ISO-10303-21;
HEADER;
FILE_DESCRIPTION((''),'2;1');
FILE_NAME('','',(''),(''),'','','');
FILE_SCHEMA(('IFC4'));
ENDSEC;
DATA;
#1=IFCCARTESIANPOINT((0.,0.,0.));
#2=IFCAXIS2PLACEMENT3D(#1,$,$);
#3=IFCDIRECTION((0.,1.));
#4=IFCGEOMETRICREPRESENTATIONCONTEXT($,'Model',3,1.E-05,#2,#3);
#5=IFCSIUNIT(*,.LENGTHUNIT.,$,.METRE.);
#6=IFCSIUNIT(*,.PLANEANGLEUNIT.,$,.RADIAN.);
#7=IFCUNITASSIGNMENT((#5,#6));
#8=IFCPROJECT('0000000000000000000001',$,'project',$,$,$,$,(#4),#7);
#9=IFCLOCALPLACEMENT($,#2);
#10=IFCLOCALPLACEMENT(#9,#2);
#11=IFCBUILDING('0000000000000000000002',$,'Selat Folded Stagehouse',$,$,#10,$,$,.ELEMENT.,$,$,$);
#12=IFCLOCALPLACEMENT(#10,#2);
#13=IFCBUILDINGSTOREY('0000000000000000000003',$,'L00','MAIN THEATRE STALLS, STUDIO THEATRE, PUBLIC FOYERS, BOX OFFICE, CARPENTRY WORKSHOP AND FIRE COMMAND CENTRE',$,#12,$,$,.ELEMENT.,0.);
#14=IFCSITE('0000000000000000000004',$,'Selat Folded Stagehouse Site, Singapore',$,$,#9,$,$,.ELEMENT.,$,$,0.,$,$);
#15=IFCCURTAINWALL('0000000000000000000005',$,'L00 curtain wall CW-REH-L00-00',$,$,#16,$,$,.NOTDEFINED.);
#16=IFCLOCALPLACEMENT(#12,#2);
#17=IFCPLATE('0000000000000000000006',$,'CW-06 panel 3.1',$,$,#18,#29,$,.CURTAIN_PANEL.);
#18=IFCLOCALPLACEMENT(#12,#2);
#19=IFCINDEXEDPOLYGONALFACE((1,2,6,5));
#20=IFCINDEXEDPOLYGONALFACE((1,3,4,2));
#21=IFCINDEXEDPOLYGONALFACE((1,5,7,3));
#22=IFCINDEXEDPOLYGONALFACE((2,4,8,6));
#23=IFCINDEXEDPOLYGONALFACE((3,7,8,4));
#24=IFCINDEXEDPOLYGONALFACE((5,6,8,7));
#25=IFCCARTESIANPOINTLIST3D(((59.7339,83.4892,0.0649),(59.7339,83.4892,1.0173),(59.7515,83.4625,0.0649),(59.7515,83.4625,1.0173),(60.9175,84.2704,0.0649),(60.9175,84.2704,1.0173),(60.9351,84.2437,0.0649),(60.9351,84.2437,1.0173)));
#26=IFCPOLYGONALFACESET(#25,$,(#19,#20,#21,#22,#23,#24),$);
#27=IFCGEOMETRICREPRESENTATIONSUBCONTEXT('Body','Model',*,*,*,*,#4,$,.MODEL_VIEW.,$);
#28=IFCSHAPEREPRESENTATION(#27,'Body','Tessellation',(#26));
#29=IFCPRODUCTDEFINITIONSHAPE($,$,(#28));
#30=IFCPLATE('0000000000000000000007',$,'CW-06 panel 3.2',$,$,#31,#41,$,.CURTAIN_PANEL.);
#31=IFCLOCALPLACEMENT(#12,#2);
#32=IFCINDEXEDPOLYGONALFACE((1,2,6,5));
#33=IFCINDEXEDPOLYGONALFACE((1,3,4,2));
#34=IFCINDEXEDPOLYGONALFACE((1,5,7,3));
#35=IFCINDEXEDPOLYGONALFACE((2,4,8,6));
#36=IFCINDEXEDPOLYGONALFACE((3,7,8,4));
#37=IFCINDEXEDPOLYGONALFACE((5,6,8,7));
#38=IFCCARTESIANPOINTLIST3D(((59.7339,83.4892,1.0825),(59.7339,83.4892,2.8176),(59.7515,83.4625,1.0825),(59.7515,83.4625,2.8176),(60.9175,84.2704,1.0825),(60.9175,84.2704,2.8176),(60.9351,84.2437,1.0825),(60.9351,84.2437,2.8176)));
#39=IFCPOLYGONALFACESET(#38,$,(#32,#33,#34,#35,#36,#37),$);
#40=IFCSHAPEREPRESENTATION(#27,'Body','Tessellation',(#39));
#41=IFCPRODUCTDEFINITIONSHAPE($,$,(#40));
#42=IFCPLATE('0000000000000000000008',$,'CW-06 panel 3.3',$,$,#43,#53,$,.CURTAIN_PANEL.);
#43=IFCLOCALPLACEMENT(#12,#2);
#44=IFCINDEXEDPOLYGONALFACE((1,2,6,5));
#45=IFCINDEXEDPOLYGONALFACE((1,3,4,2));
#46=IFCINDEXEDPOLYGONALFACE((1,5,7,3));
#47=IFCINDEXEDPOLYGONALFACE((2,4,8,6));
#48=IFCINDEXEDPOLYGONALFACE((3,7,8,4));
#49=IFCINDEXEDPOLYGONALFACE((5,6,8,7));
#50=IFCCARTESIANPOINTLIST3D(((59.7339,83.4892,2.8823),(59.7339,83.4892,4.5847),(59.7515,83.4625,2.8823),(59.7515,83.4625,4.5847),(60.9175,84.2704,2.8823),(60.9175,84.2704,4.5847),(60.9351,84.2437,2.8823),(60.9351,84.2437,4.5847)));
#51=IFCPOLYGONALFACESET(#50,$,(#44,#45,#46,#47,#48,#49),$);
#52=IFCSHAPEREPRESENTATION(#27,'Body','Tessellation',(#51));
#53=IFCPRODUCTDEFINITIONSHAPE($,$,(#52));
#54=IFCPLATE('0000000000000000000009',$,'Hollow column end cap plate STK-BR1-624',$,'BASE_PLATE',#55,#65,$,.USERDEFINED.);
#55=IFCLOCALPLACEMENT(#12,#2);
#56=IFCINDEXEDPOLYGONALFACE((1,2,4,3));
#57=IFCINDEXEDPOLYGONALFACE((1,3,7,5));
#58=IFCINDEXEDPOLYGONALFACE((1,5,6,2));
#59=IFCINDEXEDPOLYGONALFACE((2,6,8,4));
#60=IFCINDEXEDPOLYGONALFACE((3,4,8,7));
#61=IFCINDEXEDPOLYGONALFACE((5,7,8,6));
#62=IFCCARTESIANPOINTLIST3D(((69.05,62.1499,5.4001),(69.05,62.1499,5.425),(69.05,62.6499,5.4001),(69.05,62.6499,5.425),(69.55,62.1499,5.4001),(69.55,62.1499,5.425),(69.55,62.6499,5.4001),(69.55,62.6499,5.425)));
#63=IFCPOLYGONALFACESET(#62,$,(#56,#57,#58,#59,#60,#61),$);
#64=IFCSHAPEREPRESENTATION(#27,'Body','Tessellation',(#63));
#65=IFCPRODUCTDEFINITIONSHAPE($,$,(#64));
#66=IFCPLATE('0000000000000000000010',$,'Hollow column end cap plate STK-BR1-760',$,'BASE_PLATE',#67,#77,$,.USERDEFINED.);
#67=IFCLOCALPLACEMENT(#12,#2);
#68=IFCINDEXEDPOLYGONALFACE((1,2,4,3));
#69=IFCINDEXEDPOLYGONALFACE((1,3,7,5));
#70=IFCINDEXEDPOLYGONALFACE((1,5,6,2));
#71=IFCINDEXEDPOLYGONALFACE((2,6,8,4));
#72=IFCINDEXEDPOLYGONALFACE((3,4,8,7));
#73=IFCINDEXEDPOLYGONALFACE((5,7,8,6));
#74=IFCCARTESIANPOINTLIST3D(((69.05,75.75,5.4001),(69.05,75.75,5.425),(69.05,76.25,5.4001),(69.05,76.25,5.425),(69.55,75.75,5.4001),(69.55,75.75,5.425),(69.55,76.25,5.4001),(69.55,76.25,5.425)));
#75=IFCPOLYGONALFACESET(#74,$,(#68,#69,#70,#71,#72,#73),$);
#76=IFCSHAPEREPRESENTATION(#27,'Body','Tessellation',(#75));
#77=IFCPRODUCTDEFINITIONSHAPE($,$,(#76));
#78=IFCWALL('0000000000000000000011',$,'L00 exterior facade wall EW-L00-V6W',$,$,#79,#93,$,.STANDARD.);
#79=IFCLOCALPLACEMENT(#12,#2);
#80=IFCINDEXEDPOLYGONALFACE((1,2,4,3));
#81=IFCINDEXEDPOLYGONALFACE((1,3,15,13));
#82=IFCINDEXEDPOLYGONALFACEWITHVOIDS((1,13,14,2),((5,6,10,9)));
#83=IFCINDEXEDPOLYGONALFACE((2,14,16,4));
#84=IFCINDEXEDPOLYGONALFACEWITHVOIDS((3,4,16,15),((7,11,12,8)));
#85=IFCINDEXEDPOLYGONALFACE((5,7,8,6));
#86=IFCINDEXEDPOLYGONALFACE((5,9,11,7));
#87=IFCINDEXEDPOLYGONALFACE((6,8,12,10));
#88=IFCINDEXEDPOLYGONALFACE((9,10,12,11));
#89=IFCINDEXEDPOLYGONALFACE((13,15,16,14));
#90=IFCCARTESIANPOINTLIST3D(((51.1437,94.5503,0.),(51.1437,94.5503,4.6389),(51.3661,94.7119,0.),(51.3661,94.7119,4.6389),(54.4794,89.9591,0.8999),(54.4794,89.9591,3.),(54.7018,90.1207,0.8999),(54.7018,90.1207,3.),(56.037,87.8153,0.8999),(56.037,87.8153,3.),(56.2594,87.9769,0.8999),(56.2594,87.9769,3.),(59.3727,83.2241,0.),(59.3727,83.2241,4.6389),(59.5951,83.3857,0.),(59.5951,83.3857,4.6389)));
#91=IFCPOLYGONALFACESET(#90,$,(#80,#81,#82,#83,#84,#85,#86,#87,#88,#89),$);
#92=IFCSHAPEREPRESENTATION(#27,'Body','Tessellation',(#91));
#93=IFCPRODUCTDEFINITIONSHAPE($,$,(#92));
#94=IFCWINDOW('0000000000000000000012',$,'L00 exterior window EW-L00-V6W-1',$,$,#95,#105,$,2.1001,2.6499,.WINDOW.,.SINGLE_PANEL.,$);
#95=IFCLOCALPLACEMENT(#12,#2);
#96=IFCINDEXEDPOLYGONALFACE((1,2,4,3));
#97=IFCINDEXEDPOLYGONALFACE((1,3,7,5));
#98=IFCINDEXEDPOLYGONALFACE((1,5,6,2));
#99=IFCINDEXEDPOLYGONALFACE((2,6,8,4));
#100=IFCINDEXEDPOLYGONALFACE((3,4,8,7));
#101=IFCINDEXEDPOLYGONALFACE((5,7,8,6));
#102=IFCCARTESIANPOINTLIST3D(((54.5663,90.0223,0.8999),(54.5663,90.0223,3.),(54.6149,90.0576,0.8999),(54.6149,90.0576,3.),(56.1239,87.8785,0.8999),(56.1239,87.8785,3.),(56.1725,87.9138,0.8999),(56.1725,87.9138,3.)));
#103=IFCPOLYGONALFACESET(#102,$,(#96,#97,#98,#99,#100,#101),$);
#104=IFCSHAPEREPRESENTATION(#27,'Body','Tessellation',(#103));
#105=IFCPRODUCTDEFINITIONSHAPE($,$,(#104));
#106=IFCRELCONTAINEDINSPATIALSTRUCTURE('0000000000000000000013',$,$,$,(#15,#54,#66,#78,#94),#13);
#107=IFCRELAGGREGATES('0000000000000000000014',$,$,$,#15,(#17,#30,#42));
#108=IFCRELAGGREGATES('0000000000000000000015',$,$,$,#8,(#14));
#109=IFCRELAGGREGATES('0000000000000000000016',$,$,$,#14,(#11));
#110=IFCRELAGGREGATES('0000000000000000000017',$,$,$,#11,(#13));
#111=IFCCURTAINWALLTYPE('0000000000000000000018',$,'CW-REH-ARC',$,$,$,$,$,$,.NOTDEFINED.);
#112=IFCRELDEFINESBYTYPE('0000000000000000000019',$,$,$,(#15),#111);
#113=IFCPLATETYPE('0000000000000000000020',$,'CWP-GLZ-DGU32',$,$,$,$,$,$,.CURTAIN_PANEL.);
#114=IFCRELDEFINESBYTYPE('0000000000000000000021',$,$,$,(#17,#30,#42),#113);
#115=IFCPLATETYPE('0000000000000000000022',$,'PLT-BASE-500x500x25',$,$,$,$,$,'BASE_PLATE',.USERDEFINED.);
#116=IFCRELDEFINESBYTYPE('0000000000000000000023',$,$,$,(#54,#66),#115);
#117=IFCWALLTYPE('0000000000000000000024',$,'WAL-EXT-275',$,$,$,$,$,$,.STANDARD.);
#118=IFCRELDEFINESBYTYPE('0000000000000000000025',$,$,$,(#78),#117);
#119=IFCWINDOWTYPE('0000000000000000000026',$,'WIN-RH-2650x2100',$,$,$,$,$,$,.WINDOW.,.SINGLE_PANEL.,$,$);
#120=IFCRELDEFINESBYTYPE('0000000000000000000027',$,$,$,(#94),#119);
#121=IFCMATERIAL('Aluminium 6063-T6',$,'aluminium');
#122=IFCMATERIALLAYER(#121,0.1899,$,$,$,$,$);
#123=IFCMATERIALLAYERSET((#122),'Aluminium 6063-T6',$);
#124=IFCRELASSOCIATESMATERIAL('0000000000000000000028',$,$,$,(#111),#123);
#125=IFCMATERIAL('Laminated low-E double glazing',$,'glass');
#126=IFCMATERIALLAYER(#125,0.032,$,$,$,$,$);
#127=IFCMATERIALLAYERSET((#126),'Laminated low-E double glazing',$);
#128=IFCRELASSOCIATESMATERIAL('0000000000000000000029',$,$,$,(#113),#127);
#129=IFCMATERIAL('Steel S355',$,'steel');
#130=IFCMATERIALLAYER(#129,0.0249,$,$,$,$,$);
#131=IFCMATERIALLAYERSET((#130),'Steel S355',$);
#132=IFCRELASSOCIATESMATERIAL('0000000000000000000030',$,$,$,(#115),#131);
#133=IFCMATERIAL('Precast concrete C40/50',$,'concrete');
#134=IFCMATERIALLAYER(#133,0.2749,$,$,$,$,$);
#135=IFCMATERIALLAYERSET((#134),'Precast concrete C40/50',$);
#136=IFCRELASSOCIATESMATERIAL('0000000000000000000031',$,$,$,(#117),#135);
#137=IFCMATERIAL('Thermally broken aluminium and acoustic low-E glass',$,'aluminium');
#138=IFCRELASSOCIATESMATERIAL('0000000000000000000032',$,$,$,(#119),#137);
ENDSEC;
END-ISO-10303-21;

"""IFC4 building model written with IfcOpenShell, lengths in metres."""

from ifc_helpers import new_model, si_unit, direction, frame, frame_2d, origin, origin_2d, place, context, subcontext, project, spatial, rectangle, extrude, material, layer, layer_set, type_object, element, fill, aggregate, save


model = new_model("IFC4")

# Units and contexts
model_context = context("Model", 3, precision=1e-05, world=origin(), true_north=direction((0.0, 1.0)))
body_context = subcontext(model_context, "Body", "Model", "MODEL_VIEW")
ifc_project = project(units=[si_unit("LENGTHUNIT", "METRE"), si_unit("PLANEANGLEUNIT", "RADIAN")], contexts=[model_context])

# Site, building, storey
site_placement = place(None, origin())
site = spatial("IfcSite", under=ifc_project, at=site_placement, Name="Selat Folded Stagehouse Site, Singapore", CompositionType="ELEMENT", RefElevation=0.0)
building_placement = place(site_placement, origin())
building = spatial("IfcBuilding", under=site, at=building_placement, Name="Selat Folded Stagehouse", CompositionType="ELEMENT")
storey_placement = place(building_placement, origin())
storey = spatial("IfcBuildingStorey", under=building, at=storey_placement, Name="L00", Description="MAIN THEATRE STALLS, STUDIO THEATRE, PUBLIC FOYERS, BOX OFFICE, CARPENTRY WORKSHOP AND FIRE COMMAND CENTRE", CompositionType="ELEMENT", Elevation=0.0)

# Shared definitions
ifc_material_1 = material(Name="Steel S355", Category="steel")

# Curtain wall
ifc_material_2 = material(Name="Aluminium 6063-T6", Category="aluminium")
ifc_layer_1 = layer(ifc_material_2, 0.1899)
ifc_layer_set_1 = layer_set([ifc_layer_1], Name="Aluminium 6063-T6")
curtain_wall_type = type_object("IfcCurtainWallType", Name="CW-REH-ARC", PredefinedType="NOTDEFINED", material=ifc_layer_set_1)
curtain_wall_placement = place(storey_placement, origin())
curtain_wall = element("IfcCurtainWall", 1, at=curtain_wall_placement, inside=storey, type_object=curtain_wall_type, Name="L00 curtain wall CW-REH-L00-00", PredefinedType="NOTDEFINED")

# Plates
ifc_material_3 = material(Name="Laminated low-E double glazing", Category="glass")
ifc_layer_2 = layer(ifc_material_3, 0.032)
ifc_layer_set_2 = layer_set([ifc_layer_2], Name="Laminated low-E double glazing")
plate_type_1 = type_object("IfcPlateType", Name="CWP-GLZ-DGU32", PredefinedType="CURTAIN_PANEL", material=ifc_layer_set_2)
plate_1_placement = place(storey_placement, frame((60.3345, 83.8665, 0.0649), z_axis=(0.0, 0.0, 1.0), x_axis=(-0.834581, -0.550885, 0.0)))
plate_1 = element("IfcPlate", 2, at=plate_1_placement, type_object=plate_type_1, Name="CW-06 panel 3.1", PredefinedType="CURTAIN_PANEL", context=body_context, shape_type="SweptSolid", body=[
    extrude(rectangle(XDim=1.4182, YDim=0.032, at=origin_2d()), origin(), (0.0, 0.0, 1.0), 0.9524),
])
plate_2_placement = place(storey_placement, frame((60.3345, 83.8665, 1.0825), z_axis=(0.0, 0.0, 1.0), x_axis=(-0.834581, -0.550885, 0.0)))
plate_2 = element("IfcPlate", 3, at=plate_2_placement, type_object=plate_type_1, Name="CW-06 panel 3.2", PredefinedType="CURTAIN_PANEL", context=body_context, shape_type="SweptSolid", body=[
    extrude(rectangle(XDim=1.4182, YDim=0.032, at=origin_2d()), origin(), (0.0, 0.0, 1.0), 1.7351),
])
plate_3_placement = place(storey_placement, frame((60.3345, 83.8665, 2.8823), z_axis=(0.0, 0.0, 1.0), x_axis=(-0.834581, -0.550885, 0.0)))
plate_3 = element("IfcPlate", 4, at=plate_3_placement, type_object=plate_type_1, Name="CW-06 panel 3.3", PredefinedType="CURTAIN_PANEL", context=body_context, shape_type="SweptSolid", body=[
    extrude(rectangle(XDim=1.4182, YDim=0.032, at=origin_2d()), origin(), (0.0, 0.0, 1.0), 1.7024),
])
aggregate(curtain_wall, [plate_1, plate_2, plate_3])

# Plates
ifc_layer_3 = layer(ifc_material_1, 0.0249)
ifc_layer_set_3 = layer_set([ifc_layer_3], Name="Steel S355")
plate_type_2 = type_object("IfcPlateType", Name="PLT-BASE-500x500x25", ElementType="BASE_PLATE", PredefinedType="USERDEFINED", material=ifc_layer_set_3)
for number, where, z_axis, x_axis, name in (
    (5, (69.3, 62.3999, 5.4001), (0.0, 0.0, 1.0), (1.0, 0.0, 0.0), "Hollow column end cap plate STK-BR1-624"),
    (6, (69.3, 76.0, 5.4001), (0.0, 0.0, 1.0), (1.0, 0.0, 0.0), "Hollow column end cap plate STK-BR1-760"),
):
    element("IfcPlate", number, at=place(storey_placement, frame(where, z_axis=z_axis, x_axis=x_axis)), inside=storey, type_object=plate_type_2, Name=name, ObjectType="BASE_PLATE", PredefinedType="USERDEFINED", context=body_context, shape_type="SweptSolid", body=[
        extrude(rectangle(XDim=0.5, YDim=0.5, at=origin_2d()), origin(), (0.0, 0.0, 1.0), 0.0249),
    ])

# Wall, opening, window
ifc_material_4 = material(Name="Precast concrete C40/50", Category="concrete")
ifc_layer_4 = layer(ifc_material_4, 0.2749)
ifc_layer_set_4 = layer_set([ifc_layer_4], Name="Precast concrete C40/50")
wall_type = type_object("IfcWallType", Name="WAL-EXT-275", PredefinedType="STANDARD", material=ifc_layer_set_4)
wall_placement = place(storey_placement, frame((59.4839, 83.3049, 0.0), z_axis=(0.0, 0.0, 1.0), x_axis=(-0.587788, 0.809015, 0.0)))
wall = element("IfcWall", 7, at=wall_placement, inside=storey, type_object=wall_type, Name="L00 exterior facade wall EW-L00-V6W", PredefinedType="STANDARD", context=body_context, shape_type="SweptSolid", body=[
    extrude(rectangle(XDim=14.0, YDim=0.2749, at=frame_2d((7.0, 0.0))), origin(), (0.0, 0.0, 1.0), 4.6389),
])
opening_placement = place(wall_placement, frame((5.675, 0.0, 0.8999)))
opening = element("IfcOpeningElement", 8, at=opening_placement, cuts=wall, PredefinedType="OPENING", context=body_context, shape_type="SweptSolid", body=[
    extrude(rectangle(XDim=2.6499, YDim=2.1001, at=frame_2d((1.325, 1.05))), frame((0.0, 0.1475, 0.0), z_axis=(0.0, -1.0, 0.0), x_axis=(1.0, 0.0, 0.0)), (0.0, 0.0, 1.0), 0.2949),
])
ifc_material_5 = material(Name="Thermally broken aluminium and acoustic low-E glass", Category="aluminium")
window_type = type_object("IfcWindowType", Name="WIN-RH-2650x2100", PartitioningType="SINGLE_PANEL", PredefinedType="WINDOW", material=ifc_material_5)
window_placement = place(opening_placement, origin())
window = element("IfcWindow", 9, at=window_placement, inside=storey, type_object=window_type, Name="L00 exterior window EW-L00-V6W-1", OverallHeight=2.1001, OverallWidth=2.6499, PartitioningType="SINGLE_PANEL", PredefinedType="WINDOW", context=body_context, shape_type="SweptSolid", body=[
    extrude(rectangle(XDim=2.6499, YDim=2.1001, at=frame_2d((1.325, 1.05))), frame((0.0, 0.03, 0.0), z_axis=(0.0, -1.0, 0.0), x_axis=(1.0, 0.0, 0.0)), (0.0, 0.0, 1.0), 0.0601),
])
fill(opening, window)

save(model, "model.ifc")
